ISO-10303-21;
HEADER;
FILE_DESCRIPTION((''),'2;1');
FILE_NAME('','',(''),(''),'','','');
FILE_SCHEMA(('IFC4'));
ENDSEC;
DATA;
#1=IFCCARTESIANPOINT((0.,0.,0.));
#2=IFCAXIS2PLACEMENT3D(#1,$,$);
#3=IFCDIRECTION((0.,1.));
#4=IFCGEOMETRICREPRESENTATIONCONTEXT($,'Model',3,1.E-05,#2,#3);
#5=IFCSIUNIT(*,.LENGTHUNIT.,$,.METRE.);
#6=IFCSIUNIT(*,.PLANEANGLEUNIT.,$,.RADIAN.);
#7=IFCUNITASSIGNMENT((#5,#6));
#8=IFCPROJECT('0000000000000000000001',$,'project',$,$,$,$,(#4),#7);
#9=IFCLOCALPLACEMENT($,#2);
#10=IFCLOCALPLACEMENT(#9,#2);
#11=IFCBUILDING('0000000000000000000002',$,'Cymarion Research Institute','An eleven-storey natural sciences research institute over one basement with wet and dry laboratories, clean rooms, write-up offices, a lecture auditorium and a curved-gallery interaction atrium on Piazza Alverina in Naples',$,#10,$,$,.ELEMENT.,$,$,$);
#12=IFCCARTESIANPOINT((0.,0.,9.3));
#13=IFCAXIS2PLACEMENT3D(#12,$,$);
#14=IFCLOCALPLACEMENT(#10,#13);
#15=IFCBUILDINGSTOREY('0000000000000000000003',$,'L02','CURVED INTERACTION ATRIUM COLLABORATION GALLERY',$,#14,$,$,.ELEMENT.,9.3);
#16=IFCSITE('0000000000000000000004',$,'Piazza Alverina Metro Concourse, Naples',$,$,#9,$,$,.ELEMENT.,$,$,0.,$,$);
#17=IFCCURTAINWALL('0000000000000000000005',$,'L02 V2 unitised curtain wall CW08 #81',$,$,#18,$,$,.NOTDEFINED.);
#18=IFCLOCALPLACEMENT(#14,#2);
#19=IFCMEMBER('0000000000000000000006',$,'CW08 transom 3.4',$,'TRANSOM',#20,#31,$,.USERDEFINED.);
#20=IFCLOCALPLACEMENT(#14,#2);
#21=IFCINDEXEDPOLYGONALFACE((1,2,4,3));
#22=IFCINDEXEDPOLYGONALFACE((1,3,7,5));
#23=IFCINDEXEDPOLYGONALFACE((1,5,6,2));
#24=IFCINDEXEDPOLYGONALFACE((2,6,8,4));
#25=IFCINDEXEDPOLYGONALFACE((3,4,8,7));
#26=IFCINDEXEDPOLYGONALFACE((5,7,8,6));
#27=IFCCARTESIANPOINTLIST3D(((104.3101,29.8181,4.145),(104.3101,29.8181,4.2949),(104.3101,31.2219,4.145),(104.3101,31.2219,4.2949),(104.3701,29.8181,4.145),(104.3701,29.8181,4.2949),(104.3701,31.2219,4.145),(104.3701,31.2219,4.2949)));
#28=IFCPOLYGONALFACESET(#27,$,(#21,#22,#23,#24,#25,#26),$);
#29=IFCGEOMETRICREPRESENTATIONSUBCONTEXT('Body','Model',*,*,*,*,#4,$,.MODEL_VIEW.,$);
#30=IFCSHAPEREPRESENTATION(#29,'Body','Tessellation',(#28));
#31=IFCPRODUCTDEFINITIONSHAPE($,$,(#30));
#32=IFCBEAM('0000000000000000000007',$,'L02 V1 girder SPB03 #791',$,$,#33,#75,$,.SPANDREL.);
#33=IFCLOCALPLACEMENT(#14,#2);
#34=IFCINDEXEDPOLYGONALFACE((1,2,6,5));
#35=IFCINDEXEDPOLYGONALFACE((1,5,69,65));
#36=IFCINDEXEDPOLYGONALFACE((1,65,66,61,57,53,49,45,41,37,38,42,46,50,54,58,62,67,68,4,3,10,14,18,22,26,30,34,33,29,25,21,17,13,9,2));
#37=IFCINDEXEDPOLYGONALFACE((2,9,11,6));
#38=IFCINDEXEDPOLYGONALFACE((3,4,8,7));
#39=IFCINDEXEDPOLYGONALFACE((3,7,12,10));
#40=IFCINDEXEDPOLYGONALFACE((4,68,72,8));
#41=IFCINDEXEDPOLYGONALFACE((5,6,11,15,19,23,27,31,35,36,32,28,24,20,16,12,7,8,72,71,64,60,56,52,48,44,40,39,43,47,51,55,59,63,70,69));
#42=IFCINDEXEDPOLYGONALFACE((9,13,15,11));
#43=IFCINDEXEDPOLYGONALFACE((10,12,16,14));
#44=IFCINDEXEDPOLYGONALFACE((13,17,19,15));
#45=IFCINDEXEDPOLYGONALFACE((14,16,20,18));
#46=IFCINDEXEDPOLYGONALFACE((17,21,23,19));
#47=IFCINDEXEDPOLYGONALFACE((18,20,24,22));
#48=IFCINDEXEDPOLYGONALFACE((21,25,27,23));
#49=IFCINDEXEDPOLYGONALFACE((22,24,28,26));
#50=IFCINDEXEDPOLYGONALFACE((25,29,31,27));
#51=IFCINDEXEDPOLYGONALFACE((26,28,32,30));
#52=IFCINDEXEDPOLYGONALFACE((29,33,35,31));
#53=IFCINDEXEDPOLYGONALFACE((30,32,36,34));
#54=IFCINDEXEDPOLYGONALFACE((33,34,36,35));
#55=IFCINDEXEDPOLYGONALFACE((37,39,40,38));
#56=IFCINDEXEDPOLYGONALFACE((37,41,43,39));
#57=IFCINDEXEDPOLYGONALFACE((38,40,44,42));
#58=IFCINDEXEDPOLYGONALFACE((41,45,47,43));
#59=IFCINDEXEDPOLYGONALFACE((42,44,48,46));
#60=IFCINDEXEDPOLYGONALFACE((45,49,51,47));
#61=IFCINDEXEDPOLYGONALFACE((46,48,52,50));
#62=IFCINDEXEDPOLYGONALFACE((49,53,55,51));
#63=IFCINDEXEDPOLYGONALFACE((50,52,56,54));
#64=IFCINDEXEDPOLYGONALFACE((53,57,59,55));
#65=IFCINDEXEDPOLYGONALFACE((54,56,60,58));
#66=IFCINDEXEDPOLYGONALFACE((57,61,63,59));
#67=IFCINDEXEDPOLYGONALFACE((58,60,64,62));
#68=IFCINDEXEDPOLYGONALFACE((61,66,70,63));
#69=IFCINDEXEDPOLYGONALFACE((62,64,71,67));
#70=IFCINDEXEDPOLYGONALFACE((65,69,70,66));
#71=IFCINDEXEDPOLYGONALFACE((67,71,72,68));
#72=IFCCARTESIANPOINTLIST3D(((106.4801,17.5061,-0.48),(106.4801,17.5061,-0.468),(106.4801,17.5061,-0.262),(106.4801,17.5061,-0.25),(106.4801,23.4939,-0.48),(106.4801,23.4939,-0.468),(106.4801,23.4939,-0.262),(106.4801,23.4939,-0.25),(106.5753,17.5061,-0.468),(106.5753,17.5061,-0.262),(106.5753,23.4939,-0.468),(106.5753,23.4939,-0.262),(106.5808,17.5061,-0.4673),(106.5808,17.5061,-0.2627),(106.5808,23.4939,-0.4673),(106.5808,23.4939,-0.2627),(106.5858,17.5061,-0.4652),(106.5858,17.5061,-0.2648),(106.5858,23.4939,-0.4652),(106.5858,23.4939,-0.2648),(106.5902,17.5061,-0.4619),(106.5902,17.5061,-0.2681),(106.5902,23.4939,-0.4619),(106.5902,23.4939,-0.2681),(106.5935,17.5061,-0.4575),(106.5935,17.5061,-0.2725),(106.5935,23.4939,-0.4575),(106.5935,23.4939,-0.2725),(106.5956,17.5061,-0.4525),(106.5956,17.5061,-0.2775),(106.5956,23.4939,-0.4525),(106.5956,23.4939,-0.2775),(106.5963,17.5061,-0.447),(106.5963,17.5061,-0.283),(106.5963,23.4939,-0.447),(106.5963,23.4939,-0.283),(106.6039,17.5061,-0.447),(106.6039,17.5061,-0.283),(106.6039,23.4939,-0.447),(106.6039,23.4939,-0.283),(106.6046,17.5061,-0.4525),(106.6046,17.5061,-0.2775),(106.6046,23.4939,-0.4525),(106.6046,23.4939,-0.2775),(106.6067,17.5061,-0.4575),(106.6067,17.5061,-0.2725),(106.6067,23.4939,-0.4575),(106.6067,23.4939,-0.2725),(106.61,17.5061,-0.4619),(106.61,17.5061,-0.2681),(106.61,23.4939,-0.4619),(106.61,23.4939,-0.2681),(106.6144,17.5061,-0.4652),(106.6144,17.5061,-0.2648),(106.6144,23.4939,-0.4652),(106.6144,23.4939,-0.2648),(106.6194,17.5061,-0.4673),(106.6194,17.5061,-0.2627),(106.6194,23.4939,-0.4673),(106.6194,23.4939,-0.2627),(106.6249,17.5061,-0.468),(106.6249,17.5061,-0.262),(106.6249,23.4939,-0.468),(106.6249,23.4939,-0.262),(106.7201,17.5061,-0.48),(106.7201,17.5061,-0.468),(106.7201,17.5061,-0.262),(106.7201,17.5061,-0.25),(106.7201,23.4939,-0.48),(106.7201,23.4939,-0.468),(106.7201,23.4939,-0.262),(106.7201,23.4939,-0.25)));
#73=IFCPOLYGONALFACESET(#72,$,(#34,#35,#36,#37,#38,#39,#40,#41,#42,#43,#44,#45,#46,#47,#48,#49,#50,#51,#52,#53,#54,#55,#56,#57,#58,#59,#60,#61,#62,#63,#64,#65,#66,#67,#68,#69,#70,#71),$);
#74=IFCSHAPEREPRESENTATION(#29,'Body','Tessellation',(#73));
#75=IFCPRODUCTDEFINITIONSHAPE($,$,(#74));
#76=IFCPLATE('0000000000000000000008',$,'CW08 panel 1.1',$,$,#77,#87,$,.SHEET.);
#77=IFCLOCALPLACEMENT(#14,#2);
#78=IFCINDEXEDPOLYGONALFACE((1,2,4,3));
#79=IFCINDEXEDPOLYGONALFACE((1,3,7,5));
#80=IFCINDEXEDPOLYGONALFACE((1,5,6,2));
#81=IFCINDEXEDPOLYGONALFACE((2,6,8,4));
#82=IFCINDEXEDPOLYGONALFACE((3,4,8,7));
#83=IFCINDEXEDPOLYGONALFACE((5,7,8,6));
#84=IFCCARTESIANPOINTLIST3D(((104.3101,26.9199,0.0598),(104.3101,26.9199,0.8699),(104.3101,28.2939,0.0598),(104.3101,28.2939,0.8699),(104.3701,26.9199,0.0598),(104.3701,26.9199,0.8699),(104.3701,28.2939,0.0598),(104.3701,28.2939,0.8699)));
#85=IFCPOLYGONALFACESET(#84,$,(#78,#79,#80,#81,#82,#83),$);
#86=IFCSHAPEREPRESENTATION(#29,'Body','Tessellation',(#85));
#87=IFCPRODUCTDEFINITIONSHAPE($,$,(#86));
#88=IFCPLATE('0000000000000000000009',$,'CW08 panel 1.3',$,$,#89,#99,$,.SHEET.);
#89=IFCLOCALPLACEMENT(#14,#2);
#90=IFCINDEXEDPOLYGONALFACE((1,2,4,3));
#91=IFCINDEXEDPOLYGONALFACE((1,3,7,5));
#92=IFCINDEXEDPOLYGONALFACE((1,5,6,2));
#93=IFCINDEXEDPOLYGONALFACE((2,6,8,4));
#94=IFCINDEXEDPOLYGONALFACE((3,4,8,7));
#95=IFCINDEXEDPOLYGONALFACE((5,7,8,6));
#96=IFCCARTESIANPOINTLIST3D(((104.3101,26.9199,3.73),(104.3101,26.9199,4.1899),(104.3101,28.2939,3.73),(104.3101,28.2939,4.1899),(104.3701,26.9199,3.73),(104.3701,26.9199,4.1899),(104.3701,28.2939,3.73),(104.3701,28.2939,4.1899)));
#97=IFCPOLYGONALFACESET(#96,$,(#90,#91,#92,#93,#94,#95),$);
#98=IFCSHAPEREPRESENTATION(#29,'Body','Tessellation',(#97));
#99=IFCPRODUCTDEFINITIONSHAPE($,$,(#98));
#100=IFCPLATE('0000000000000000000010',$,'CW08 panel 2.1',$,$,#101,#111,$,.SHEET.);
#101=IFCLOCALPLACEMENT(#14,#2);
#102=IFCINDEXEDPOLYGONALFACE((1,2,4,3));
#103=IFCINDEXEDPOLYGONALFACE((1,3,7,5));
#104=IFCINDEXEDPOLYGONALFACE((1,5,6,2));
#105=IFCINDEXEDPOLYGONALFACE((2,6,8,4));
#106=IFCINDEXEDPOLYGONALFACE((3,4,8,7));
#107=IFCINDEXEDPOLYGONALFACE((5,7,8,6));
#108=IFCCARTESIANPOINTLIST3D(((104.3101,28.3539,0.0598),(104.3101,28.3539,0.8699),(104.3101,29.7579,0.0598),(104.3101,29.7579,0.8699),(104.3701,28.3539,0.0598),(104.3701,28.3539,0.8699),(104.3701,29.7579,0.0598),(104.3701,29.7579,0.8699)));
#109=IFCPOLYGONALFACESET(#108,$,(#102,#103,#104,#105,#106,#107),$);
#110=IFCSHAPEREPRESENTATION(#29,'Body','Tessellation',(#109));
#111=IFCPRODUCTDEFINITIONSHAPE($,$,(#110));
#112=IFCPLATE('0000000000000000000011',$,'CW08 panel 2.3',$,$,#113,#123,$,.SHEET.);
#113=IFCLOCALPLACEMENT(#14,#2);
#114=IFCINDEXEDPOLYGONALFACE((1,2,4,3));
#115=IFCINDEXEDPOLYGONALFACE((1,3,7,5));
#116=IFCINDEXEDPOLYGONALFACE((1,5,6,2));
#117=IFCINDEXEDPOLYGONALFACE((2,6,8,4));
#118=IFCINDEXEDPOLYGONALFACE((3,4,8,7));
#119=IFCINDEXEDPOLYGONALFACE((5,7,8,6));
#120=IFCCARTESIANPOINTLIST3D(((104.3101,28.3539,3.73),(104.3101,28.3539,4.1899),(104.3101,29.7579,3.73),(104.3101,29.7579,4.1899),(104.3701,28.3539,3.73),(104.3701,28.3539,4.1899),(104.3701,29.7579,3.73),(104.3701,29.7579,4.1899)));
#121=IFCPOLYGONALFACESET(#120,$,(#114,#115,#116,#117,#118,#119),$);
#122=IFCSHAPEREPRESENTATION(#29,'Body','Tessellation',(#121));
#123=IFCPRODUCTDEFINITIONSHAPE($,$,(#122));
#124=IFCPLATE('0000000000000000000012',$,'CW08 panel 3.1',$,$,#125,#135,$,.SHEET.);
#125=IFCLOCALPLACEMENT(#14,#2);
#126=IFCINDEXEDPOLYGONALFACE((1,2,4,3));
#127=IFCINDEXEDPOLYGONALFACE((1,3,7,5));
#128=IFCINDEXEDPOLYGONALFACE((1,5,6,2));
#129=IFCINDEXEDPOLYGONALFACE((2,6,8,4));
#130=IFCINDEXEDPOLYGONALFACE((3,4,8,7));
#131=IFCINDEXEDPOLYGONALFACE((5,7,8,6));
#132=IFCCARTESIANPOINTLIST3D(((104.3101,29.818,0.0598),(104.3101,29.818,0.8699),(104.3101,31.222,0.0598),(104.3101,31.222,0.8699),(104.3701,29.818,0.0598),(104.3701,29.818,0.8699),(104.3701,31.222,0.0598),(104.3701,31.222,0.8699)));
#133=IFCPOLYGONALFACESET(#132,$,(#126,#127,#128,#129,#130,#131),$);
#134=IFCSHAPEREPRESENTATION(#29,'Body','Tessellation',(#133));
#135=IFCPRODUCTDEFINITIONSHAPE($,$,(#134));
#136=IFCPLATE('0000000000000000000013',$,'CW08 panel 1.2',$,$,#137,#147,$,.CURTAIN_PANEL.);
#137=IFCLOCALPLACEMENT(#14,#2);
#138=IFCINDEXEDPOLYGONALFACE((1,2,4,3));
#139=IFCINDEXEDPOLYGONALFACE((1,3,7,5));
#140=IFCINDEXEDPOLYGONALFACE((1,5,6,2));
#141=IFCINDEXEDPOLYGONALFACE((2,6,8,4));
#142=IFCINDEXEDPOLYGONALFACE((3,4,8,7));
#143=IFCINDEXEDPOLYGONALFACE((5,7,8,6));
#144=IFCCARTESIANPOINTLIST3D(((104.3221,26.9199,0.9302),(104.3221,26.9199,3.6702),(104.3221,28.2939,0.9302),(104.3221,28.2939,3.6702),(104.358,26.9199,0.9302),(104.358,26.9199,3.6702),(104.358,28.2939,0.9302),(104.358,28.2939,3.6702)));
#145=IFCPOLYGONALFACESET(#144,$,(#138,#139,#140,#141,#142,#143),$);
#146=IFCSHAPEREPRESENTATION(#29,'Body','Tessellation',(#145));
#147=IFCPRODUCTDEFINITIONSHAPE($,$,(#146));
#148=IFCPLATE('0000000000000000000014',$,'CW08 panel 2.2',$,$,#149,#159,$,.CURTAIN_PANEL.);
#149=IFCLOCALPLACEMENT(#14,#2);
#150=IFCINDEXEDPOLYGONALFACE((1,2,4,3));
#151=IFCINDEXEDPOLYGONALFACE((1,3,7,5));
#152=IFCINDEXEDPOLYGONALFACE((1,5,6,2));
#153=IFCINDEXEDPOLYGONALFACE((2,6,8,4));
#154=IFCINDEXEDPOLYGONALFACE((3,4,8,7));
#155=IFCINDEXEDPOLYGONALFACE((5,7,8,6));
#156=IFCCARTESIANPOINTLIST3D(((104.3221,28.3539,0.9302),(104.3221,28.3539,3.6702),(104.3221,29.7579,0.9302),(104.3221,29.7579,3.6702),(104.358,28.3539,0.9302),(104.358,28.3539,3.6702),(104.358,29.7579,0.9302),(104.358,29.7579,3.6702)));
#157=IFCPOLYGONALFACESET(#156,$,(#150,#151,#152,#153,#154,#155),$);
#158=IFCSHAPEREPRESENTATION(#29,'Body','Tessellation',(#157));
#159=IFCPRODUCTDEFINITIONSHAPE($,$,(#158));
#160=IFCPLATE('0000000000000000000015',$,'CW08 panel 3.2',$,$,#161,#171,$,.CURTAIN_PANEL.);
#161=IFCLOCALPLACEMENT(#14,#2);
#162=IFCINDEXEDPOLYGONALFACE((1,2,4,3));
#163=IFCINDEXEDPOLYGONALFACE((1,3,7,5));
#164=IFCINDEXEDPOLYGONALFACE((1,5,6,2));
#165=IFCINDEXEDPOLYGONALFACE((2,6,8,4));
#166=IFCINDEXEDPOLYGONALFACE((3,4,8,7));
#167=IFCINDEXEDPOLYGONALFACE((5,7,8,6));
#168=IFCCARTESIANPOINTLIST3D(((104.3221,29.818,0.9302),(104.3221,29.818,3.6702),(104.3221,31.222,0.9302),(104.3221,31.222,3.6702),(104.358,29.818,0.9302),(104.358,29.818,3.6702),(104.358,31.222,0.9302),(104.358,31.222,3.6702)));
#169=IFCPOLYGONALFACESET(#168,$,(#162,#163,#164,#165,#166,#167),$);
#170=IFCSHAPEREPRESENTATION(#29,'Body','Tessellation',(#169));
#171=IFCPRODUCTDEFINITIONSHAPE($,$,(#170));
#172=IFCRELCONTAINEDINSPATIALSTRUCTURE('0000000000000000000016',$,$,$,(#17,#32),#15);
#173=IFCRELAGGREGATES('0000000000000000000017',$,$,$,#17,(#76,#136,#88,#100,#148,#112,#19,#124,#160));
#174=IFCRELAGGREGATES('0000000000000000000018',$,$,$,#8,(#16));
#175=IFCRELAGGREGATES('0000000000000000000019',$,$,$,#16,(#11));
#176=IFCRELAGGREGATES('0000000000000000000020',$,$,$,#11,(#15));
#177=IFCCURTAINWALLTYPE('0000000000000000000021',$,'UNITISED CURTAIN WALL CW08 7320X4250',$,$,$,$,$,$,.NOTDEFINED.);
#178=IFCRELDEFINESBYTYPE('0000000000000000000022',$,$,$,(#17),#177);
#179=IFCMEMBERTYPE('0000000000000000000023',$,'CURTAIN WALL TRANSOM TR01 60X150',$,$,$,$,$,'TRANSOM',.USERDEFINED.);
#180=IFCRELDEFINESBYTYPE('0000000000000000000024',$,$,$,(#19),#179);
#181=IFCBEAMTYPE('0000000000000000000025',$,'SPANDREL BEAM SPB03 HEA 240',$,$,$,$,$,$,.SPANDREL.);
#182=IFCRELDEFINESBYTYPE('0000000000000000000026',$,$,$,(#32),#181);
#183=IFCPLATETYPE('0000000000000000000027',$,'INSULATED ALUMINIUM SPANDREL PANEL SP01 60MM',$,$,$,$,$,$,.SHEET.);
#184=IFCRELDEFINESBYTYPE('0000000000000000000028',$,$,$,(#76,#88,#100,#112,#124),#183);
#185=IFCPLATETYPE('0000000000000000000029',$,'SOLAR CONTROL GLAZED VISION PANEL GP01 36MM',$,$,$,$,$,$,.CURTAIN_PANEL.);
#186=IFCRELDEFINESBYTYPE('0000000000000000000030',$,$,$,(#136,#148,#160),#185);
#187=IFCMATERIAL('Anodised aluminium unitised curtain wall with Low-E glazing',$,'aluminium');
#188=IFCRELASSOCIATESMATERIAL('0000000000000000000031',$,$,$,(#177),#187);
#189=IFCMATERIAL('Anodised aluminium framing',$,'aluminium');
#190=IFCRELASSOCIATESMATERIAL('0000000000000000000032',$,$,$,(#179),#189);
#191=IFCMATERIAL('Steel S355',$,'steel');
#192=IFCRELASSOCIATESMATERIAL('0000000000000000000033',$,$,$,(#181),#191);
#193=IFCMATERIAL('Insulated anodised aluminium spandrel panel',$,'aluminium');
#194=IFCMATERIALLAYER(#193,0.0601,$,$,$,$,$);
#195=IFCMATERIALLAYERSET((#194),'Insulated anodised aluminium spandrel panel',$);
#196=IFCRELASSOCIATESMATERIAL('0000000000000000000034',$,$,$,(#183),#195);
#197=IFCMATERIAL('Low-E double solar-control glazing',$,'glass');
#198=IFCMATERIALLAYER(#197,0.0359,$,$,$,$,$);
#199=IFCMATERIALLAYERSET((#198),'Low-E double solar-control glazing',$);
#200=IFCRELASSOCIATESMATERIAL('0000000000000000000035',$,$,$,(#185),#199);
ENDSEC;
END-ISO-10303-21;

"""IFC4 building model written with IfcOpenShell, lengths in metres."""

from ifc_helpers import new_model, si_unit, direction, frame, origin, origin_2d, place, context, subcontext, project, spatial, rectangle, i_section, extrude, material, layer, layer_set, material_profile, profile_set, type_object, element, aggregate, save


model = new_model("IFC4")

# Units and contexts
model_context = context("Model", 3, precision=1e-05, world=origin(), true_north=direction((0.0, 1.0)))
body_context = subcontext(model_context, "Body", "Model", "MODEL_VIEW")
ifc_project = project(units=[si_unit("LENGTHUNIT", "METRE"), si_unit("PLANEANGLEUNIT", "RADIAN")], contexts=[model_context])

# Site, building, storey
site_placement = place(None, origin())
site = spatial("IfcSite", under=ifc_project, at=site_placement, Name="Piazza Alverina Metro Concourse, Naples", CompositionType="ELEMENT", RefElevation=0.0)
building_placement = place(site_placement, origin())
building = spatial("IfcBuilding", under=site, at=building_placement, Name="Cymarion Research Institute", Description="An eleven-storey natural sciences research institute over one basement with wet and dry laboratories, clean rooms, write-up offices, a lecture auditorium and a curved-gallery interaction atrium on Piazza Alverina in Naples", CompositionType="ELEMENT")
storey_placement = place(building_placement, frame((0.0, 0.0, 9.3)))
storey = spatial("IfcBuildingStorey", under=building, at=storey_placement, Name="L02", Description="CURVED INTERACTION ATRIUM COLLABORATION GALLERY", CompositionType="ELEMENT", Elevation=9.3)

# Shared definitions
ifc_material_1 = material(Name="Steel S355", Category="steel")

# Curtain wall, member
ifc_material_2 = material(Name="Anodised aluminium unitised curtain wall with Low-E glazing", Category="aluminium")
curtain_wall_type = type_object("IfcCurtainWallType", Name="UNITISED CURTAIN WALL CW08 7320X4250", PredefinedType="NOTDEFINED", material=ifc_material_2)
curtain_wall_placement = place(storey_placement, origin())
curtain_wall = element("IfcCurtainWall", 1, at=curtain_wall_placement, inside=storey, type_object=curtain_wall_type, Name="L02 V2 unitised curtain wall CW08 #81", PredefinedType="NOTDEFINED")
ifc_material_3 = material(Name="Anodised aluminium framing", Category="aluminium")
ifc_material_profile_1 = material_profile(ifc_material_3, rectangle(XDim=0.0601, YDim=0.1499, at=origin_2d()), Name="ALU TRANSOM 60x150")
ifc_profile_set_1 = profile_set([ifc_material_profile_1], Name="Anodised aluminium framing")
member_type = type_object("IfcMemberType", Name="CURTAIN WALL TRANSOM TR01 60X150", ElementType="TRANSOM", PredefinedType="USERDEFINED", material=ifc_profile_set_1)
member_1_placement = place(storey_placement, frame((104.3401, 29.8181, 4.22), z_axis=(0.0, 1.0, 0.0), x_axis=(-1.0, 0.0, 0.0)))
member_1 = element("IfcMember", 2, at=member_1_placement, type_object=member_type, Name="CW08 transom 3.4", ObjectType="TRANSOM", PredefinedType="USERDEFINED", context=body_context, shape_type="SweptSolid", body=[
    extrude(rectangle(XDim=0.0601, YDim=0.1499, at=origin_2d()), origin(), (0.0, 0.0, 1.0), 1.4038),
])

# Beam
ifc_material_profile_2 = material_profile(ifc_material_1, i_section(OverallWidth=0.24, OverallDepth=0.23, WebThickness=0.0076, FlangeThickness=0.012, FilletRadius=0.021, at=origin_2d()), Name="HEA 240")
ifc_profile_set_2 = profile_set([ifc_material_profile_2], Name="Steel S355")
beam_type = type_object("IfcBeamType", Name="SPANDREL BEAM SPB03 HEA 240", PredefinedType="SPANDREL", material=ifc_profile_set_2)
beam_placement = place(storey_placement, frame((106.6001, 17.5061, -0.365), z_axis=(0.0, 1.0, 0.0), x_axis=(-1.0, 0.0, 0.0)))
element("IfcBeam", 3, at=beam_placement, inside=storey, type_object=beam_type, Name="L02 V1 girder SPB03 #791", PredefinedType="SPANDREL", context=body_context, shape_type="SweptSolid", body=[
    extrude(i_section(OverallWidth=0.24, OverallDepth=0.23, WebThickness=0.0076, FlangeThickness=0.012, FilletRadius=0.021, at=origin_2d()), origin(), (0.0, 0.0, 1.0), 5.9878),
])

# Plates
ifc_material_4 = material(Name="Insulated anodised aluminium spandrel panel", Category="aluminium")
ifc_layer_1 = layer(ifc_material_4, 0.0601)
ifc_layer_set_1 = layer_set([ifc_layer_1], Name="Insulated anodised aluminium spandrel panel")
plate_type_1 = type_object("IfcPlateType", Name="INSULATED ALUMINIUM SPANDREL PANEL SP01 60MM", PredefinedType="SHEET", material=ifc_layer_set_1)
plate_1_placement = place(storey_placement, frame((104.3401, 27.6069, 0.0598), z_axis=(0.0, 0.0, 1.0), x_axis=(0.0, 1.0, 0.0)))
plate_1 = element("IfcPlate", 4, at=plate_1_placement, type_object=plate_type_1, Name="CW08 panel 1.1", PredefinedType="SHEET", context=body_context, shape_type="SweptSolid", body=[
    extrude(rectangle(XDim=1.374, YDim=0.0601, at=origin_2d()), origin(), (0.0, 0.0, 1.0), 0.8101),
])
plate_2_placement = place(storey_placement, frame((104.3401, 27.6069, 3.73), z_axis=(0.0, 0.0, 1.0), x_axis=(0.0, 1.0, 0.0)))
plate_2 = element("IfcPlate", 5, at=plate_2_placement, type_object=plate_type_1, Name="CW08 panel 1.3", PredefinedType="SHEET", context=body_context, shape_type="SweptSolid", body=[
    extrude(rectangle(XDim=1.374, YDim=0.0601, at=origin_2d()), origin(), (0.0, 0.0, 1.0), 0.46),
])
plate_3_placement = place(storey_placement, frame((104.3401, 29.0559, 0.0598), z_axis=(0.0, 0.0, 1.0), x_axis=(0.0, 1.0, 0.0)))
plate_3 = element("IfcPlate", 6, at=plate_3_placement, type_object=plate_type_1, Name="CW08 panel 2.1", PredefinedType="SHEET", context=body_context, shape_type="SweptSolid", body=[
    extrude(rectangle(XDim=1.4041, YDim=0.0601, at=origin_2d()), origin(), (0.0, 0.0, 1.0), 0.8101),
])
plate_4_placement = place(storey_placement, frame((104.3401, 29.0559, 3.73), z_axis=(0.0, 0.0, 1.0), x_axis=(0.0, 1.0, 0.0)))
plate_4 = element("IfcPlate", 7, at=plate_4_placement, type_object=plate_type_1, Name="CW08 panel 2.3", PredefinedType="SHEET", context=body_context, shape_type="SweptSolid", body=[
    extrude(rectangle(XDim=1.4041, YDim=0.0601, at=origin_2d()), origin(), (0.0, 0.0, 1.0), 0.46),
])
plate_5_placement = place(storey_placement, frame((104.3401, 30.52, 0.0598), z_axis=(0.0, 0.0, 1.0), x_axis=(0.0, 1.0, 0.0)))
plate_5 = element("IfcPlate", 8, at=plate_5_placement, type_object=plate_type_1, Name="CW08 panel 3.1", PredefinedType="SHEET", context=body_context, shape_type="SweptSolid", body=[
    extrude(rectangle(XDim=1.4041, YDim=0.0601, at=origin_2d()), origin(), (0.0, 0.0, 1.0), 0.8101),
])
ifc_material_5 = material(Name="Low-E double solar-control glazing", Category="glass")
ifc_layer_2 = layer(ifc_material_5, 0.0359)
ifc_layer_set_2 = layer_set([ifc_layer_2], Name="Low-E double solar-control glazing")
plate_type_2 = type_object("IfcPlateType", Name="SOLAR CONTROL GLAZED VISION PANEL GP01 36MM", PredefinedType="CURTAIN_PANEL", material=ifc_layer_set_2)
plate_6_placement = place(storey_placement, frame((104.3401, 27.6069, 0.9302), z_axis=(0.0, 0.0, 1.0), x_axis=(0.0, 1.0, 0.0)))
plate_6 = element("IfcPlate", 9, at=plate_6_placement, type_object=plate_type_2, Name="CW08 panel 1.2", PredefinedType="CURTAIN_PANEL", context=body_context, shape_type="SweptSolid", body=[
    extrude(rectangle(XDim=1.374, YDim=0.0359, at=origin_2d()), origin(), (0.0, 0.0, 1.0), 2.74),
])
plate_7_placement = place(storey_placement, frame((104.3401, 29.0559, 0.9302), z_axis=(0.0, 0.0, 1.0), x_axis=(0.0, 1.0, 0.0)))
plate_7 = element("IfcPlate", 10, at=plate_7_placement, type_object=plate_type_2, Name="CW08 panel 2.2", PredefinedType="CURTAIN_PANEL", context=body_context, shape_type="SweptSolid", body=[
    extrude(rectangle(XDim=1.4041, YDim=0.0359, at=origin_2d()), origin(), (0.0, 0.0, 1.0), 2.74),
])
plate_8_placement = place(storey_placement, frame((104.3401, 30.52, 0.9302), z_axis=(0.0, 0.0, 1.0), x_axis=(0.0, 1.0, 0.0)))
plate_8 = element("IfcPlate", 11, at=plate_8_placement, type_object=plate_type_2, Name="CW08 panel 3.2", PredefinedType="CURTAIN_PANEL", context=body_context, shape_type="SweptSolid", body=[
    extrude(rectangle(XDim=1.4041, YDim=0.0359, at=origin_2d()), origin(), (0.0, 0.0, 1.0), 2.74),
])
aggregate(curtain_wall, [plate_1, plate_6, plate_2, plate_3, plate_7, plate_4, member_1, plate_5, plate_8])

save(model, "model.ifc")
